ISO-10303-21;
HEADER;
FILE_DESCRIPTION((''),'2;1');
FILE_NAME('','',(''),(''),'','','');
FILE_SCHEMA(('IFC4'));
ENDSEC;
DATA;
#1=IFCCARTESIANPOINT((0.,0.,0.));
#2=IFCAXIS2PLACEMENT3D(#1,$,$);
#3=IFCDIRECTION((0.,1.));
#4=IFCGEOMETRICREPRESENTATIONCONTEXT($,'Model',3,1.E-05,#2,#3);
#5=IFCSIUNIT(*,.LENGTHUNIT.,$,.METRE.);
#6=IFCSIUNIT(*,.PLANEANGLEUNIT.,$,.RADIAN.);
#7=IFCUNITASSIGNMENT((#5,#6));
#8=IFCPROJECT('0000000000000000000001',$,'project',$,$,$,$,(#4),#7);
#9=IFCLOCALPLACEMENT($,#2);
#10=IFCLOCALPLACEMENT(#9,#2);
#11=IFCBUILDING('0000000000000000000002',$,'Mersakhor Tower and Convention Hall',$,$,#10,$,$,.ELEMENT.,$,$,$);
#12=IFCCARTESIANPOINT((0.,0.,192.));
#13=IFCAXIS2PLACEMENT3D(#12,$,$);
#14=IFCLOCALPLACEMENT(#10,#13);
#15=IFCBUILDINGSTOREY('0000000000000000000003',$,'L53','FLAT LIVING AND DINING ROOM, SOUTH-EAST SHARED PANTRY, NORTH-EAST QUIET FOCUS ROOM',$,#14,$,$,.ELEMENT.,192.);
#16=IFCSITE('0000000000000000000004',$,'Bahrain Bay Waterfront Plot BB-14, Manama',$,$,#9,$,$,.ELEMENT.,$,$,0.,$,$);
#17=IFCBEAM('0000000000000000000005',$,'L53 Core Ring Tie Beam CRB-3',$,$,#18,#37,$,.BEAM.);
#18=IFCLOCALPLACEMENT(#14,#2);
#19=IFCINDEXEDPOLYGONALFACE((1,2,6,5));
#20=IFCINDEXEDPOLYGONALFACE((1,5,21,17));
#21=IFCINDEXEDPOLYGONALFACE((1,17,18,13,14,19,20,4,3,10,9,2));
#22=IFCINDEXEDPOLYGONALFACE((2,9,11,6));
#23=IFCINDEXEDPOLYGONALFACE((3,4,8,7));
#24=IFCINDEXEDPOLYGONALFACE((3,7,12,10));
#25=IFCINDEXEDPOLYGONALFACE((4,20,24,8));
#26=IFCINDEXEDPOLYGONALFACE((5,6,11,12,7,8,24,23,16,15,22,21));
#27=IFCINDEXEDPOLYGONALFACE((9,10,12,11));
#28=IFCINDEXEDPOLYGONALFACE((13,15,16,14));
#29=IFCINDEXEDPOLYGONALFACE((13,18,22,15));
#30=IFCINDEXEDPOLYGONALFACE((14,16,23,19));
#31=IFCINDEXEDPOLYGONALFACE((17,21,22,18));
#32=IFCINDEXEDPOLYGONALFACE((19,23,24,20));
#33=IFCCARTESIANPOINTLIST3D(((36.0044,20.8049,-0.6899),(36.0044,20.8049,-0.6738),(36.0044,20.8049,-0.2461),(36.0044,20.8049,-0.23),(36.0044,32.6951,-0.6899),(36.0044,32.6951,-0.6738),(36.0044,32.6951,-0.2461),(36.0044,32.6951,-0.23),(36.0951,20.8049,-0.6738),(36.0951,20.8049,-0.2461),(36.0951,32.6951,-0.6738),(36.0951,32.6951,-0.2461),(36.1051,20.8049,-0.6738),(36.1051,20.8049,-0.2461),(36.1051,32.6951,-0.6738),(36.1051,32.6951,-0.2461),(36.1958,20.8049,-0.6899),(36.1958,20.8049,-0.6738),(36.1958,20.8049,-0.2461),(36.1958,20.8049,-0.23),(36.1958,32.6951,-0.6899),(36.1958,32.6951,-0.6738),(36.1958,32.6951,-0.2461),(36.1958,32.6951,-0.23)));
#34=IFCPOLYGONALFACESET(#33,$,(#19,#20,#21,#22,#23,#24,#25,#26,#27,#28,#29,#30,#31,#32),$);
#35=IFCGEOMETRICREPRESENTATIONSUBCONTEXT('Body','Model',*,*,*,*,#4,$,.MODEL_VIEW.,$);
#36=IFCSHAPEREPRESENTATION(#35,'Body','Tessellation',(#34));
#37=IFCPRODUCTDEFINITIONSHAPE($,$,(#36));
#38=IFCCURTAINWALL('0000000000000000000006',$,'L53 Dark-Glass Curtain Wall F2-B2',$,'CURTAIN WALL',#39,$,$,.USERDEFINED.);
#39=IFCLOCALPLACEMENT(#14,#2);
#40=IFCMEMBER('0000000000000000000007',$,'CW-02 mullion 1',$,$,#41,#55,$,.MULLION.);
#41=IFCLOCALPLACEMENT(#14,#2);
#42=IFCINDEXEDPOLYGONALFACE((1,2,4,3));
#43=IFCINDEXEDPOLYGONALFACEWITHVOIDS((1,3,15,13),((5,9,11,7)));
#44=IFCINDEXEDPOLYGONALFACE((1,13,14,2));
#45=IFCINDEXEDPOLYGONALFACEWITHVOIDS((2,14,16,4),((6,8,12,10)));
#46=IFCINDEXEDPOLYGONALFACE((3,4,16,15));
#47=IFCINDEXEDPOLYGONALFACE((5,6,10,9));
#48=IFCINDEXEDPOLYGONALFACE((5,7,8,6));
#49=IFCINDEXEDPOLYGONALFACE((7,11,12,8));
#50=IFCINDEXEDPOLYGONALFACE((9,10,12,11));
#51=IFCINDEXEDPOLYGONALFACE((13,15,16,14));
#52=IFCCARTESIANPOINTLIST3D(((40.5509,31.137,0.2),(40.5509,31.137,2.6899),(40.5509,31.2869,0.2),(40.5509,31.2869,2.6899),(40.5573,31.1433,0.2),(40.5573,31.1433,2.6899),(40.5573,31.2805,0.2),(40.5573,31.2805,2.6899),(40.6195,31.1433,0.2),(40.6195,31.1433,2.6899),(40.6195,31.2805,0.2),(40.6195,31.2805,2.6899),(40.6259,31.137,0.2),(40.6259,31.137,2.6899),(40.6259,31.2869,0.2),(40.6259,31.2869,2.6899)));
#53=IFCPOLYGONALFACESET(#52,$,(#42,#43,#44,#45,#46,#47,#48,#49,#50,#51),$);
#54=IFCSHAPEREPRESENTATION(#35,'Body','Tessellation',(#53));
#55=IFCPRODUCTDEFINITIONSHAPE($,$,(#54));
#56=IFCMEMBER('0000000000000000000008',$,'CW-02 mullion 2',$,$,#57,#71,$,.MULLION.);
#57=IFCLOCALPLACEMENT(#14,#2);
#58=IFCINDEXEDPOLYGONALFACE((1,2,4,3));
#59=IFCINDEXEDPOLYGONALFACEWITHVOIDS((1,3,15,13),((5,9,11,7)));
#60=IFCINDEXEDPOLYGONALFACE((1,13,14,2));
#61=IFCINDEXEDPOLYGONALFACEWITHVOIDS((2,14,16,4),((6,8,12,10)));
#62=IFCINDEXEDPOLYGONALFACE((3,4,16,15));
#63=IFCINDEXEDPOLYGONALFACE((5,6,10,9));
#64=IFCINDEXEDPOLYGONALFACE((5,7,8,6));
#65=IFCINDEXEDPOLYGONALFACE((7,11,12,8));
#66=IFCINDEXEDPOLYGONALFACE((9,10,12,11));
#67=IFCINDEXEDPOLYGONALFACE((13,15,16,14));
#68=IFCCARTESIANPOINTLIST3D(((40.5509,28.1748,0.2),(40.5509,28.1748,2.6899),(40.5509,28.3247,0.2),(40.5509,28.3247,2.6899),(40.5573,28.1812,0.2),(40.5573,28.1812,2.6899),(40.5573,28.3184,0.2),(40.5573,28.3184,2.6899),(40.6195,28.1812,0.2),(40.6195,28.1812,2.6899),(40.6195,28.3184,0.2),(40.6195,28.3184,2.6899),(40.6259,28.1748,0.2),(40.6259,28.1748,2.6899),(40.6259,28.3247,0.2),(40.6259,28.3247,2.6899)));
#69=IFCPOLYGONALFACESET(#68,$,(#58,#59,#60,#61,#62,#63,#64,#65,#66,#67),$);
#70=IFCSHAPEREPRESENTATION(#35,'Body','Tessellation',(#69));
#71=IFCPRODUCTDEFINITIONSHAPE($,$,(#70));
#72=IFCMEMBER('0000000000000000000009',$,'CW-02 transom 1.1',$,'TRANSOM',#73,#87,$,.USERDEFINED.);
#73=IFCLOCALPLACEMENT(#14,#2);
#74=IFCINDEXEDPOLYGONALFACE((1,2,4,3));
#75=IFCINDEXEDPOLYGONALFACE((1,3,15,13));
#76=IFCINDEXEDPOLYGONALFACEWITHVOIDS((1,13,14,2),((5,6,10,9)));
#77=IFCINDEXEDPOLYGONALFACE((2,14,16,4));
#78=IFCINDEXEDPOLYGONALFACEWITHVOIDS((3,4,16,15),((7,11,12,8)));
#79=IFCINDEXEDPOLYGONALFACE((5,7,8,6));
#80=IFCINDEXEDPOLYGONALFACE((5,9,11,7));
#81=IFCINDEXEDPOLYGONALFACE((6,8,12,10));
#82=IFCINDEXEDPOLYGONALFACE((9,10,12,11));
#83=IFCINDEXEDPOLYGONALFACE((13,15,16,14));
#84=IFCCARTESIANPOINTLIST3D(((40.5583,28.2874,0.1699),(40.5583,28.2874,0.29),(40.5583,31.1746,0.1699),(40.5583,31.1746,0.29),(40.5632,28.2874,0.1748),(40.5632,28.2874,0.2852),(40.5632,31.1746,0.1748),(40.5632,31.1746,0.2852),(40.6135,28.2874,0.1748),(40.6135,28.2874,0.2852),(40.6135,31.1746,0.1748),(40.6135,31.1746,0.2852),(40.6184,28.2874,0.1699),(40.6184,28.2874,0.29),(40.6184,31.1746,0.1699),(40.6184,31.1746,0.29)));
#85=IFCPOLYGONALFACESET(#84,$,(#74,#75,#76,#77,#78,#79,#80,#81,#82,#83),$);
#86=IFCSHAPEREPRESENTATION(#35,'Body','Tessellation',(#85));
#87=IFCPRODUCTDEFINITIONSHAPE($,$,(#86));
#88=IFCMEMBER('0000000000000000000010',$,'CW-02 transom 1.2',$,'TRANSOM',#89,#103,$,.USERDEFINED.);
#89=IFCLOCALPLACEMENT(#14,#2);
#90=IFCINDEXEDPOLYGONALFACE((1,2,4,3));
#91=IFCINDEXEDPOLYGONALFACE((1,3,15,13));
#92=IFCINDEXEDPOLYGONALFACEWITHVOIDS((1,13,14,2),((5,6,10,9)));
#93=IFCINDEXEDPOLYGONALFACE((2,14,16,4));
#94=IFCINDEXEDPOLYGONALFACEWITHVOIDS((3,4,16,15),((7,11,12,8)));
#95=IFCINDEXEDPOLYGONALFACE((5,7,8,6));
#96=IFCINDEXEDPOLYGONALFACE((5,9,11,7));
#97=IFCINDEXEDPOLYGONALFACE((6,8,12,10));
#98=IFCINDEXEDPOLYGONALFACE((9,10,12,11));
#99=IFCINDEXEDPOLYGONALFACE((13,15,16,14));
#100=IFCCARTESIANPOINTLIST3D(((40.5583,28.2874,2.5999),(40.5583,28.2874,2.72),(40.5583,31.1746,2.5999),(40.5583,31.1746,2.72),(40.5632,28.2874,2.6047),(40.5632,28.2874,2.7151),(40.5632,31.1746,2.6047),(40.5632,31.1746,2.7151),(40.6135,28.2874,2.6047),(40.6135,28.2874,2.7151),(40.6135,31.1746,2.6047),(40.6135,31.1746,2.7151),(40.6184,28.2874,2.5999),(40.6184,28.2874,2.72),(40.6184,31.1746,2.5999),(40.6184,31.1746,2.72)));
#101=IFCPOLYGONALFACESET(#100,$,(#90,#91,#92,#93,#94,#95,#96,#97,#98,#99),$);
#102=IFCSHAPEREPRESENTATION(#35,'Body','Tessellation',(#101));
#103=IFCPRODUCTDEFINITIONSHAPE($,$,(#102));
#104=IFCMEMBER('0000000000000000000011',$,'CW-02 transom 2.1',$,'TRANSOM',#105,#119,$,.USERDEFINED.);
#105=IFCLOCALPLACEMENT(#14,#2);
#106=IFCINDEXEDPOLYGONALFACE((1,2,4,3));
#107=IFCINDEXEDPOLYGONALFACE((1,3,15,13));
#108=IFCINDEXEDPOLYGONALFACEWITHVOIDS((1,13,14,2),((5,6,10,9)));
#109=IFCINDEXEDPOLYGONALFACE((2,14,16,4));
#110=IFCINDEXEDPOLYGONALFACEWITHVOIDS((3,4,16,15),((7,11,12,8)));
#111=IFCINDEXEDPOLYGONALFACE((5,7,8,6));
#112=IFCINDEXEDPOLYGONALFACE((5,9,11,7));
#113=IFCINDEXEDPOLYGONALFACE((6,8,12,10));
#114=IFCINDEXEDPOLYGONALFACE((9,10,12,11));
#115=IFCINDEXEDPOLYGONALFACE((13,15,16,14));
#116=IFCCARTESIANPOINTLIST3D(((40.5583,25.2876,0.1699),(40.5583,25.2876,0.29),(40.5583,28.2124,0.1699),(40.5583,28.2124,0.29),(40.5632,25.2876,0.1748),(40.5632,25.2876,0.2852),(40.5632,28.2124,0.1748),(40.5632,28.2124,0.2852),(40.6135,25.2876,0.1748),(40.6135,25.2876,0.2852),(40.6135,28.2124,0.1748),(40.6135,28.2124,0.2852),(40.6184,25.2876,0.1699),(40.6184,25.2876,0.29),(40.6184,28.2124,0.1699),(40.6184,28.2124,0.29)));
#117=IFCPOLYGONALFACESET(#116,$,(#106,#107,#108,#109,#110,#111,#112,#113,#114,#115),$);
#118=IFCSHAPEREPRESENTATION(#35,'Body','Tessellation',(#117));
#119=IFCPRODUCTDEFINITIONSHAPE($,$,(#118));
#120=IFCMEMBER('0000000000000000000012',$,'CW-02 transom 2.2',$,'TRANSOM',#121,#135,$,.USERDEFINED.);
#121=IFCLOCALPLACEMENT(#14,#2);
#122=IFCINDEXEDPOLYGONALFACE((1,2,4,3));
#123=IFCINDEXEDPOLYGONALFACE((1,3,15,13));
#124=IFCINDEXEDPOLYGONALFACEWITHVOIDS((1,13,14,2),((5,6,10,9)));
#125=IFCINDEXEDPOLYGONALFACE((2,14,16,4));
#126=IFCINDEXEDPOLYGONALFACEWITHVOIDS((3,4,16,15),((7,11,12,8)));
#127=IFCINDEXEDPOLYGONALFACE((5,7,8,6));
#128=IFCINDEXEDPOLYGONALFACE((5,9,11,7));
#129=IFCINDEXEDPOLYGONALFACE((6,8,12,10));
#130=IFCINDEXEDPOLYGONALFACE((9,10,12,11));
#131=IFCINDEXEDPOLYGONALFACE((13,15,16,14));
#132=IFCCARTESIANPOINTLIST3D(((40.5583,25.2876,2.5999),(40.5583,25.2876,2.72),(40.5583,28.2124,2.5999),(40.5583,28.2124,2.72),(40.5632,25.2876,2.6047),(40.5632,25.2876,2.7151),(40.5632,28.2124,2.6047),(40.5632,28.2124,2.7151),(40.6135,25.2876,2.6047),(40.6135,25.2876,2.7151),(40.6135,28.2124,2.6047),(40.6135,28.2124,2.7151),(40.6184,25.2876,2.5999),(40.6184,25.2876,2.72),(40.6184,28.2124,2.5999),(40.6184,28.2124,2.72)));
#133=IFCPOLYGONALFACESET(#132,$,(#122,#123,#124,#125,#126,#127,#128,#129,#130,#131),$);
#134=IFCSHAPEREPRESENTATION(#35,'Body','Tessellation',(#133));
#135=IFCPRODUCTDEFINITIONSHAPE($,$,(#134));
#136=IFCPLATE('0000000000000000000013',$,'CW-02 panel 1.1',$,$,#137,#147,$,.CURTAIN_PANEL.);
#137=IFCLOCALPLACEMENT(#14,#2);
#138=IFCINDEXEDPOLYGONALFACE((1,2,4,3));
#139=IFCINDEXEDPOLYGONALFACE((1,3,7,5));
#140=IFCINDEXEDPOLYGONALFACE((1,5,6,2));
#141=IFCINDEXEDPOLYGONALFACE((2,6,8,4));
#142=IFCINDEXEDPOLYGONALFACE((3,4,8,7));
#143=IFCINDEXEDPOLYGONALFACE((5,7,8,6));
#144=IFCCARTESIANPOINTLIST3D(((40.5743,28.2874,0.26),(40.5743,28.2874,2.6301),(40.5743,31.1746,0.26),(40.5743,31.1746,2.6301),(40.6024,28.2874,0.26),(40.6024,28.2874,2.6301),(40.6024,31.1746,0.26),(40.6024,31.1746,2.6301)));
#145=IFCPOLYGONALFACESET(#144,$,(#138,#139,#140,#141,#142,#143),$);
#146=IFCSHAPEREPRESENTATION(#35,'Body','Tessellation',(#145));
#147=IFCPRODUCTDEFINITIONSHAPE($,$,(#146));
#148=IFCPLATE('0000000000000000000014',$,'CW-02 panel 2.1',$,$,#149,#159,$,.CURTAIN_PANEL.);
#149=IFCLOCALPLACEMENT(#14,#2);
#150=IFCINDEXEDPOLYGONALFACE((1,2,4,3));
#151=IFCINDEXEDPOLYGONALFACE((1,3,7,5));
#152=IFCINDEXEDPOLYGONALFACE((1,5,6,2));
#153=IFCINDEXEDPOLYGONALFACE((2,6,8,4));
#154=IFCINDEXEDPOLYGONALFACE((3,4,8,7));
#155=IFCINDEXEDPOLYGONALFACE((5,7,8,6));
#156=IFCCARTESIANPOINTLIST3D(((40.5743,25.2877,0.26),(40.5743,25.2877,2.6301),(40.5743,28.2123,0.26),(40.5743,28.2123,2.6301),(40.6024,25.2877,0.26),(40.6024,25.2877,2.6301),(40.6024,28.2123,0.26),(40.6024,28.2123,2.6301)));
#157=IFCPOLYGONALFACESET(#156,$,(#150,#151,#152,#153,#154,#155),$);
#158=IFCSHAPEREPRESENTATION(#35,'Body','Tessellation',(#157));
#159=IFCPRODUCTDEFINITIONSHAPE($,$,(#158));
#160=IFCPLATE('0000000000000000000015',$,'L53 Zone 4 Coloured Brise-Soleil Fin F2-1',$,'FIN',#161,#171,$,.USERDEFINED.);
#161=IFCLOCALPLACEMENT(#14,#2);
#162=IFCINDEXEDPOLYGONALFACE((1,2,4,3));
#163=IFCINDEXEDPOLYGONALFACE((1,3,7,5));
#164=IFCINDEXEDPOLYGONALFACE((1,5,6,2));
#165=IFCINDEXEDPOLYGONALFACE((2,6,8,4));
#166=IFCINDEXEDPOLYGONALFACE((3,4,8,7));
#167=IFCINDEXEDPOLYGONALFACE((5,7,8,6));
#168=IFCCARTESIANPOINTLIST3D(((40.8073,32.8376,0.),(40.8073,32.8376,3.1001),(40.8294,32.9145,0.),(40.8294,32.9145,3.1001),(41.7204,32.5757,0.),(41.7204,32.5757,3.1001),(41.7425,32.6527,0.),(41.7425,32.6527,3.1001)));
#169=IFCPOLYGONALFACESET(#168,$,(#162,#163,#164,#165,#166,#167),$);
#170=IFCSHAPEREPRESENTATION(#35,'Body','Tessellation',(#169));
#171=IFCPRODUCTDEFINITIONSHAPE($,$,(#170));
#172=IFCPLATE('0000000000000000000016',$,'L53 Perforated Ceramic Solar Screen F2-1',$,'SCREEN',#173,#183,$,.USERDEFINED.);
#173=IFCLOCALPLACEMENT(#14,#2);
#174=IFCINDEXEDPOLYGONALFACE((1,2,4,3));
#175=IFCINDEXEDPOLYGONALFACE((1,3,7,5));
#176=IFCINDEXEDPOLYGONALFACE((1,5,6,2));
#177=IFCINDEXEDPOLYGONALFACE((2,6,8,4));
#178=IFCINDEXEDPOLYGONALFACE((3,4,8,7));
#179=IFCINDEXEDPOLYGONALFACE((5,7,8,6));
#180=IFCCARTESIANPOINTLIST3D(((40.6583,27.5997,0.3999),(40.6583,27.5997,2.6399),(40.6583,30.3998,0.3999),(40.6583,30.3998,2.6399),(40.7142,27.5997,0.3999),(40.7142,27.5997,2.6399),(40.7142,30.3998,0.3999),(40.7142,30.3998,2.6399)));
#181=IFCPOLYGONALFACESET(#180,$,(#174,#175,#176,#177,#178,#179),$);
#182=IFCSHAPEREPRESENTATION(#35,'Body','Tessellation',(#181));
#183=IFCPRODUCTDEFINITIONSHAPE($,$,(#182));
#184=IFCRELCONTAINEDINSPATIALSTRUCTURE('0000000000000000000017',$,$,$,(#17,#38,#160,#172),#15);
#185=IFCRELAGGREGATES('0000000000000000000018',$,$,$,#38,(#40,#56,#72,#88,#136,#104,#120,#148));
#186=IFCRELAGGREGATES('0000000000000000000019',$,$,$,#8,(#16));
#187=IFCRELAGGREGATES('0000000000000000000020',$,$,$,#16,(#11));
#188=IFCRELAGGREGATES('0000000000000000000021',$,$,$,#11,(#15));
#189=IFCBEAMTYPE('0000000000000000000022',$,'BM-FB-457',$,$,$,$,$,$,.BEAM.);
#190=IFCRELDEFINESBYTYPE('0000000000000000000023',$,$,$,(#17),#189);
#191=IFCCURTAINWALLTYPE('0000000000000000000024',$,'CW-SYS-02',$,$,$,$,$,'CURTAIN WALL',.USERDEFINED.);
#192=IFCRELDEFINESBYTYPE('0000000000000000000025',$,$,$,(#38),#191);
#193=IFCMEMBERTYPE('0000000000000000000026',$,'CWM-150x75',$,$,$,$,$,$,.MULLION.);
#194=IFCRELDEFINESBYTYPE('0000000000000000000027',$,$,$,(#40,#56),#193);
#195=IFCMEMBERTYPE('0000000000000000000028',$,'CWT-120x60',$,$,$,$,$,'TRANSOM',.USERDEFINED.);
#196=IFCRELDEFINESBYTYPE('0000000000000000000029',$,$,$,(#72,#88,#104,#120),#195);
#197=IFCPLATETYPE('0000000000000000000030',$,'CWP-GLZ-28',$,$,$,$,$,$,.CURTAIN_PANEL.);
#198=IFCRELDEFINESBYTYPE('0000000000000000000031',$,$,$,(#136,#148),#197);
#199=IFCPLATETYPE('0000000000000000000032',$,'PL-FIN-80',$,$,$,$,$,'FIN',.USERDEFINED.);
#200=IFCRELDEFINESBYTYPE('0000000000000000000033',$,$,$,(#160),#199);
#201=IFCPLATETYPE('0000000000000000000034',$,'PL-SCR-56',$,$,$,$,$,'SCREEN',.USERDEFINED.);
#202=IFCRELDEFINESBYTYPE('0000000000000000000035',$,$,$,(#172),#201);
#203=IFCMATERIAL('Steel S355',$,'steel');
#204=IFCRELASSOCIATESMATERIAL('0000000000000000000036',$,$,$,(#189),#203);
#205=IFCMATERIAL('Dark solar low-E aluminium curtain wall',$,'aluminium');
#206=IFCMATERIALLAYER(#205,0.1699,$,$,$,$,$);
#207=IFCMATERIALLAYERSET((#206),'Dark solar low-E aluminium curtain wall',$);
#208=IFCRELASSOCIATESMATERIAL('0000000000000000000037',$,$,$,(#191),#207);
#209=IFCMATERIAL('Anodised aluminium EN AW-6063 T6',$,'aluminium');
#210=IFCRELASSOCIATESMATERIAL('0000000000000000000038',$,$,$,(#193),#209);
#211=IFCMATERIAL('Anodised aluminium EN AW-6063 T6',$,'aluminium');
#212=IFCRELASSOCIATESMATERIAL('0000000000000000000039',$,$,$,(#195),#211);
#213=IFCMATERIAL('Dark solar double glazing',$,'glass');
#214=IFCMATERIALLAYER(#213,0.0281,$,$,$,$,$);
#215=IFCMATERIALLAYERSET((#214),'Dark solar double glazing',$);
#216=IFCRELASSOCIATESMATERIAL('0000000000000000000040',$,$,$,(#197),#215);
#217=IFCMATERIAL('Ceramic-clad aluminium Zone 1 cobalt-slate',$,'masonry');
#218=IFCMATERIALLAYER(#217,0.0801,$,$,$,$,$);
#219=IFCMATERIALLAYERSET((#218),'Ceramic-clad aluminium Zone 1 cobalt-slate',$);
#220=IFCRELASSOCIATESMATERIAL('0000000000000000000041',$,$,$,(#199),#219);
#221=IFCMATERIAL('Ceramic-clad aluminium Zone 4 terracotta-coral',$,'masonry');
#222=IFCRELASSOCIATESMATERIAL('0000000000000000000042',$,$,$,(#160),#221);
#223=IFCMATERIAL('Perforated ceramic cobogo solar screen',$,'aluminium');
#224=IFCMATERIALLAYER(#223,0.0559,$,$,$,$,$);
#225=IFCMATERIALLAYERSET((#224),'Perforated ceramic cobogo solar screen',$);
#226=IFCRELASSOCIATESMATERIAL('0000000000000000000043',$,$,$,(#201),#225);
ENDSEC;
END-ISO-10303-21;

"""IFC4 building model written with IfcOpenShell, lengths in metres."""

from ifc_helpers import new_model, si_unit, direction, frame, origin, origin_2d, place, context, subcontext, project, spatial, rectangle, hollow_rectangle, i_section, extrude, material, layer, layer_set, material_profile, profile_set, type_object, element, aggregate, save


model = new_model("IFC4")

# Units and contexts
model_context = context("Model", 3, precision=1e-05, world=origin(), true_north=direction((0.0, 1.0)))
body_context = subcontext(model_context, "Body", "Model", "MODEL_VIEW")
ifc_project = project(units=[si_unit("LENGTHUNIT", "METRE"), si_unit("PLANEANGLEUNIT", "RADIAN")], contexts=[model_context])

# Site, building, storey
site_placement = place(None, origin())
site = spatial("IfcSite", under=ifc_project, at=site_placement, Name="Bahrain Bay Waterfront Plot BB-14, Manama", CompositionType="ELEMENT", RefElevation=0.0)
building_placement = place(site_placement, origin())
building = spatial("IfcBuilding", under=site, at=building_placement, Name="Mersakhor Tower and Convention Hall", CompositionType="ELEMENT")
storey_placement = place(building_placement, frame((0.0, 0.0, 192.0)))
storey = spatial("IfcBuildingStorey", under=building, at=storey_placement, Name="L53", Description="FLAT LIVING AND DINING ROOM, SOUTH-EAST SHARED PANTRY, NORTH-EAST QUIET FOCUS ROOM", CompositionType="ELEMENT", Elevation=192.0)

# Beam
ifc_material_1 = material(Name="Steel S355", Category="steel")
ifc_material_profile_1 = material_profile(ifc_material_1, i_section(OverallWidth=0.1914, OverallDepth=0.46, WebThickness=0.01, FlangeThickness=0.0161, at=origin_2d()), Name="UB 457x191x82")
ifc_profile_set_1 = profile_set([ifc_material_profile_1], Name="Steel S355")
beam_type = type_object("IfcBeamType", Name="BM-FB-457", PredefinedType="BEAM", material=ifc_profile_set_1)
beam_placement = place(storey_placement, frame((36.1001, 32.6951, -0.46), z_axis=(0.0, -1.0, 0.0), x_axis=(1.0, 0.0, 0.0)))
element("IfcBeam", 1, at=beam_placement, inside=storey, type_object=beam_type, Name="L53 Core Ring Tie Beam CRB-3", PredefinedType="BEAM", context=body_context, shape_type="SweptSolid", body=[
    extrude(i_section(OverallWidth=0.1914, OverallDepth=0.46, WebThickness=0.01, FlangeThickness=0.0161, at=origin_2d()), origin(), (0.0, 0.0, 1.0), 11.8901),
])

# Curtain wall, members, plates
ifc_material_2 = material(Name="Dark solar low-E aluminium curtain wall", Category="aluminium")
ifc_layer_1 = layer(ifc_material_2, 0.1699)
ifc_layer_set_1 = layer_set([ifc_layer_1], Name="Dark solar low-E aluminium curtain wall")
curtain_wall_type = type_object("IfcCurtainWallType", Name="CW-SYS-02", ElementType="CURTAIN WALL", PredefinedType="USERDEFINED", material=ifc_layer_set_1)
curtain_wall_placement = place(storey_placement, origin())
curtain_wall = element("IfcCurtainWall", 2, at=curtain_wall_placement, inside=storey, type_object=curtain_wall_type, Name="L53 Dark-Glass Curtain Wall F2-B2", ObjectType="CURTAIN WALL", PredefinedType="USERDEFINED")
ifc_material_3 = material(Name="Anodised aluminium EN AW-6063 T6", Category="aluminium")
ifc_material_profile_2 = material_profile(ifc_material_3, hollow_rectangle(XDim=0.075, YDim=0.1499, WallThickness=0.0063, at=origin_2d()), Name="RHS 150x75x6.3")
ifc_profile_set_2 = profile_set([ifc_material_profile_2], Name="Anodised aluminium EN AW-6063 T6")
member_type_1 = type_object("IfcMemberType", Name="CWM-150x75", PredefinedType="MULLION", material=ifc_profile_set_2)
member_1_placement = place(storey_placement, frame((40.5884, 31.2119, 0.2), z_axis=(0.0, 0.0, 1.0), x_axis=(1.0, 0.0, 0.0)))
member_1 = element("IfcMember", 3, at=member_1_placement, type_object=member_type_1, Name="CW-02 mullion 1", PredefinedType="MULLION", context=body_context, shape_type="SweptSolid", body=[
    extrude(hollow_rectangle(XDim=0.075, YDim=0.1499, WallThickness=0.0063, at=origin_2d()), origin(), (0.0, 0.0, 1.0), 2.49),
])
member_2_placement = place(storey_placement, frame((40.5884, 28.2498, 0.2), z_axis=(0.0, 0.0, 1.0), x_axis=(1.0, 0.0, 0.0)))
member_2 = element("IfcMember", 4, at=member_2_placement, type_object=member_type_1, Name="CW-02 mullion 2", PredefinedType="MULLION", context=body_context, shape_type="SweptSolid", body=[
    extrude(hollow_rectangle(XDim=0.075, YDim=0.1499, WallThickness=0.0063, at=origin_2d()), origin(), (0.0, 0.0, 1.0), 2.49),
])
ifc_material_4 = material(Name="Anodised aluminium EN AW-6063 T6", Category="aluminium")
ifc_material_profile_3 = material_profile(ifc_material_4, hollow_rectangle(XDim=0.0601, YDim=0.1201, WallThickness=0.0049, at=origin_2d()), Name="RHS 120x60x5")
ifc_profile_set_3 = profile_set([ifc_material_profile_3], Name="Anodised aluminium EN AW-6063 T6")
member_type_2 = type_object("IfcMemberType", Name="CWT-120x60", ElementType="TRANSOM", PredefinedType="USERDEFINED", material=ifc_profile_set_3)
member_3_placement = place(storey_placement, frame((40.5884, 31.1746, 0.23), z_axis=(0.0, -1.0, 0.0), x_axis=(1.0, 0.0, 0.0)))
member_3 = element("IfcMember", 5, at=member_3_placement, type_object=member_type_2, Name="CW-02 transom 1.1", ObjectType="TRANSOM", PredefinedType="USERDEFINED", context=body_context, shape_type="SweptSolid", body=[
    extrude(hollow_rectangle(XDim=0.0601, YDim=0.1201, WallThickness=0.0049, at=origin_2d()), origin(), (0.0, 0.0, 1.0), 2.8872),
])
member_4_placement = place(storey_placement, frame((40.5884, 31.1746, 2.6599), z_axis=(0.0, -1.0, 0.0), x_axis=(1.0, 0.0, 0.0)))
member_4 = element("IfcMember", 6, at=member_4_placement, type_object=member_type_2, Name="CW-02 transom 1.2", ObjectType="TRANSOM", PredefinedType="USERDEFINED", context=body_context, shape_type="SweptSolid", body=[
    extrude(hollow_rectangle(XDim=0.0601, YDim=0.1201, WallThickness=0.0049, at=origin_2d()), origin(), (0.0, 0.0, 1.0), 2.8872),
])
member_5_placement = place(storey_placement, frame((40.5884, 28.2124, 0.23), z_axis=(0.0, -1.0, 0.0), x_axis=(1.0, 0.0, 0.0)))
member_5 = element("IfcMember", 7, at=member_5_placement, type_object=member_type_2, Name="CW-02 transom 2.1", ObjectType="TRANSOM", PredefinedType="USERDEFINED", context=body_context, shape_type="SweptSolid", body=[
    extrude(hollow_rectangle(XDim=0.0601, YDim=0.1201, WallThickness=0.0049, at=origin_2d()), origin(), (0.0, 0.0, 1.0), 2.9248),
])
member_6_placement = place(storey_placement, frame((40.5884, 28.2124, 2.6599), z_axis=(0.0, -1.0, 0.0), x_axis=(1.0, 0.0, 0.0)))
member_6 = element("IfcMember", 8, at=member_6_placement, type_object=member_type_2, Name="CW-02 transom 2.2", ObjectType="TRANSOM", PredefinedType="USERDEFINED", context=body_context, shape_type="SweptSolid", body=[
    extrude(hollow_rectangle(XDim=0.0601, YDim=0.1201, WallThickness=0.0049, at=origin_2d()), origin(), (0.0, 0.0, 1.0), 2.9248),
])
ifc_material_5 = material(Name="Dark solar double glazing", Category="glass")
ifc_layer_2 = layer(ifc_material_5, 0.0281)
ifc_layer_set_2 = layer_set([ifc_layer_2], Name="Dark solar double glazing")
plate_type_1 = type_object("IfcPlateType", Name="CWP-GLZ-28", PredefinedType="CURTAIN_PANEL", material=ifc_layer_set_2)
plate_1_placement = place(storey_placement, frame((40.5884, 29.731, 0.26), z_axis=(0.0, 0.0, 1.0), x_axis=(0.0, -1.0, 0.0)))
plate_1 = element("IfcPlate", 9, at=plate_1_placement, type_object=plate_type_1, Name="CW-02 panel 1.1", PredefinedType="CURTAIN_PANEL", context=body_context, shape_type="SweptSolid", body=[
    extrude(rectangle(XDim=2.8872, YDim=0.0281, at=origin_2d()), origin(), (0.0, 0.0, 1.0), 2.3701),
])
plate_2_placement = place(storey_placement, frame((40.5884, 26.75, 0.26), z_axis=(0.0, 0.0, 1.0), x_axis=(0.0, -1.0, 0.0)))
plate_2 = element("IfcPlate", 10, at=plate_2_placement, type_object=plate_type_1, Name="CW-02 panel 2.1", PredefinedType="CURTAIN_PANEL", context=body_context, shape_type="SweptSolid", body=[
    extrude(rectangle(XDim=2.9246, YDim=0.0281, at=origin_2d()), origin(), (0.0, 0.0, 1.0), 2.3701),
])
aggregate(curtain_wall, [member_1, member_2, member_3, member_4, plate_1, member_5, member_6, plate_2])

# Plates
ifc_material_6 = material(Name="Ceramic-clad aluminium Zone 4 terracotta-coral", Category="masonry")
ifc_material_7 = material(Name="Ceramic-clad aluminium Zone 1 cobalt-slate", Category="masonry")
ifc_layer_3 = layer(ifc_material_7, 0.0801)
ifc_layer_set_3 = layer_set([ifc_layer_3], Name="Ceramic-clad aluminium Zone 1 cobalt-slate")
plate_type_2 = type_object("IfcPlateType", Name="PL-FIN-80", ElementType="FIN", PredefinedType="USERDEFINED", material=ifc_layer_set_3)
plate_3_placement = place(storey_placement, frame((41.2749, 32.7451, 0.0), z_axis=(0.0, 0.0, 1.0), x_axis=(0.961262, -0.275637, 0.0)))
element("IfcPlate", 11, at=plate_3_placement, inside=storey, type_object=plate_type_2, material=ifc_material_6, Name="L53 Zone 4 Coloured Brise-Soleil Fin F2-1", ObjectType="FIN", PredefinedType="USERDEFINED", context=body_context, shape_type="SweptSolid", body=[
    extrude(rectangle(XDim=0.95, YDim=0.0801, at=origin_2d()), origin(), (0.0, 0.0, 1.0), 3.1001),
])
ifc_material_8 = material(Name="Perforated ceramic cobogo solar screen", Category="aluminium")
ifc_layer_4 = layer(ifc_material_8, 0.0559)
ifc_layer_set_4 = layer_set([ifc_layer_4], Name="Perforated ceramic cobogo solar screen")
plate_type_3 = type_object("IfcPlateType", Name="PL-SCR-56", ElementType="SCREEN", PredefinedType="USERDEFINED", material=ifc_layer_set_4)
plate_4_placement = place(storey_placement, frame((40.6863, 28.9998, 0.3999), z_axis=(0.0, 0.0, 1.0), x_axis=(0.0, -1.0, 0.0)))
element("IfcPlate", 12, at=plate_4_placement, inside=storey, type_object=plate_type_3, Name="L53 Perforated Ceramic Solar Screen F2-1", ObjectType="SCREEN", PredefinedType="USERDEFINED", context=body_context, shape_type="SweptSolid", body=[
    extrude(rectangle(XDim=2.8, YDim=0.0559, at=origin_2d()), origin(), (0.0, 0.0, 1.0), 2.24),
])

save(model, "model.ifc")
